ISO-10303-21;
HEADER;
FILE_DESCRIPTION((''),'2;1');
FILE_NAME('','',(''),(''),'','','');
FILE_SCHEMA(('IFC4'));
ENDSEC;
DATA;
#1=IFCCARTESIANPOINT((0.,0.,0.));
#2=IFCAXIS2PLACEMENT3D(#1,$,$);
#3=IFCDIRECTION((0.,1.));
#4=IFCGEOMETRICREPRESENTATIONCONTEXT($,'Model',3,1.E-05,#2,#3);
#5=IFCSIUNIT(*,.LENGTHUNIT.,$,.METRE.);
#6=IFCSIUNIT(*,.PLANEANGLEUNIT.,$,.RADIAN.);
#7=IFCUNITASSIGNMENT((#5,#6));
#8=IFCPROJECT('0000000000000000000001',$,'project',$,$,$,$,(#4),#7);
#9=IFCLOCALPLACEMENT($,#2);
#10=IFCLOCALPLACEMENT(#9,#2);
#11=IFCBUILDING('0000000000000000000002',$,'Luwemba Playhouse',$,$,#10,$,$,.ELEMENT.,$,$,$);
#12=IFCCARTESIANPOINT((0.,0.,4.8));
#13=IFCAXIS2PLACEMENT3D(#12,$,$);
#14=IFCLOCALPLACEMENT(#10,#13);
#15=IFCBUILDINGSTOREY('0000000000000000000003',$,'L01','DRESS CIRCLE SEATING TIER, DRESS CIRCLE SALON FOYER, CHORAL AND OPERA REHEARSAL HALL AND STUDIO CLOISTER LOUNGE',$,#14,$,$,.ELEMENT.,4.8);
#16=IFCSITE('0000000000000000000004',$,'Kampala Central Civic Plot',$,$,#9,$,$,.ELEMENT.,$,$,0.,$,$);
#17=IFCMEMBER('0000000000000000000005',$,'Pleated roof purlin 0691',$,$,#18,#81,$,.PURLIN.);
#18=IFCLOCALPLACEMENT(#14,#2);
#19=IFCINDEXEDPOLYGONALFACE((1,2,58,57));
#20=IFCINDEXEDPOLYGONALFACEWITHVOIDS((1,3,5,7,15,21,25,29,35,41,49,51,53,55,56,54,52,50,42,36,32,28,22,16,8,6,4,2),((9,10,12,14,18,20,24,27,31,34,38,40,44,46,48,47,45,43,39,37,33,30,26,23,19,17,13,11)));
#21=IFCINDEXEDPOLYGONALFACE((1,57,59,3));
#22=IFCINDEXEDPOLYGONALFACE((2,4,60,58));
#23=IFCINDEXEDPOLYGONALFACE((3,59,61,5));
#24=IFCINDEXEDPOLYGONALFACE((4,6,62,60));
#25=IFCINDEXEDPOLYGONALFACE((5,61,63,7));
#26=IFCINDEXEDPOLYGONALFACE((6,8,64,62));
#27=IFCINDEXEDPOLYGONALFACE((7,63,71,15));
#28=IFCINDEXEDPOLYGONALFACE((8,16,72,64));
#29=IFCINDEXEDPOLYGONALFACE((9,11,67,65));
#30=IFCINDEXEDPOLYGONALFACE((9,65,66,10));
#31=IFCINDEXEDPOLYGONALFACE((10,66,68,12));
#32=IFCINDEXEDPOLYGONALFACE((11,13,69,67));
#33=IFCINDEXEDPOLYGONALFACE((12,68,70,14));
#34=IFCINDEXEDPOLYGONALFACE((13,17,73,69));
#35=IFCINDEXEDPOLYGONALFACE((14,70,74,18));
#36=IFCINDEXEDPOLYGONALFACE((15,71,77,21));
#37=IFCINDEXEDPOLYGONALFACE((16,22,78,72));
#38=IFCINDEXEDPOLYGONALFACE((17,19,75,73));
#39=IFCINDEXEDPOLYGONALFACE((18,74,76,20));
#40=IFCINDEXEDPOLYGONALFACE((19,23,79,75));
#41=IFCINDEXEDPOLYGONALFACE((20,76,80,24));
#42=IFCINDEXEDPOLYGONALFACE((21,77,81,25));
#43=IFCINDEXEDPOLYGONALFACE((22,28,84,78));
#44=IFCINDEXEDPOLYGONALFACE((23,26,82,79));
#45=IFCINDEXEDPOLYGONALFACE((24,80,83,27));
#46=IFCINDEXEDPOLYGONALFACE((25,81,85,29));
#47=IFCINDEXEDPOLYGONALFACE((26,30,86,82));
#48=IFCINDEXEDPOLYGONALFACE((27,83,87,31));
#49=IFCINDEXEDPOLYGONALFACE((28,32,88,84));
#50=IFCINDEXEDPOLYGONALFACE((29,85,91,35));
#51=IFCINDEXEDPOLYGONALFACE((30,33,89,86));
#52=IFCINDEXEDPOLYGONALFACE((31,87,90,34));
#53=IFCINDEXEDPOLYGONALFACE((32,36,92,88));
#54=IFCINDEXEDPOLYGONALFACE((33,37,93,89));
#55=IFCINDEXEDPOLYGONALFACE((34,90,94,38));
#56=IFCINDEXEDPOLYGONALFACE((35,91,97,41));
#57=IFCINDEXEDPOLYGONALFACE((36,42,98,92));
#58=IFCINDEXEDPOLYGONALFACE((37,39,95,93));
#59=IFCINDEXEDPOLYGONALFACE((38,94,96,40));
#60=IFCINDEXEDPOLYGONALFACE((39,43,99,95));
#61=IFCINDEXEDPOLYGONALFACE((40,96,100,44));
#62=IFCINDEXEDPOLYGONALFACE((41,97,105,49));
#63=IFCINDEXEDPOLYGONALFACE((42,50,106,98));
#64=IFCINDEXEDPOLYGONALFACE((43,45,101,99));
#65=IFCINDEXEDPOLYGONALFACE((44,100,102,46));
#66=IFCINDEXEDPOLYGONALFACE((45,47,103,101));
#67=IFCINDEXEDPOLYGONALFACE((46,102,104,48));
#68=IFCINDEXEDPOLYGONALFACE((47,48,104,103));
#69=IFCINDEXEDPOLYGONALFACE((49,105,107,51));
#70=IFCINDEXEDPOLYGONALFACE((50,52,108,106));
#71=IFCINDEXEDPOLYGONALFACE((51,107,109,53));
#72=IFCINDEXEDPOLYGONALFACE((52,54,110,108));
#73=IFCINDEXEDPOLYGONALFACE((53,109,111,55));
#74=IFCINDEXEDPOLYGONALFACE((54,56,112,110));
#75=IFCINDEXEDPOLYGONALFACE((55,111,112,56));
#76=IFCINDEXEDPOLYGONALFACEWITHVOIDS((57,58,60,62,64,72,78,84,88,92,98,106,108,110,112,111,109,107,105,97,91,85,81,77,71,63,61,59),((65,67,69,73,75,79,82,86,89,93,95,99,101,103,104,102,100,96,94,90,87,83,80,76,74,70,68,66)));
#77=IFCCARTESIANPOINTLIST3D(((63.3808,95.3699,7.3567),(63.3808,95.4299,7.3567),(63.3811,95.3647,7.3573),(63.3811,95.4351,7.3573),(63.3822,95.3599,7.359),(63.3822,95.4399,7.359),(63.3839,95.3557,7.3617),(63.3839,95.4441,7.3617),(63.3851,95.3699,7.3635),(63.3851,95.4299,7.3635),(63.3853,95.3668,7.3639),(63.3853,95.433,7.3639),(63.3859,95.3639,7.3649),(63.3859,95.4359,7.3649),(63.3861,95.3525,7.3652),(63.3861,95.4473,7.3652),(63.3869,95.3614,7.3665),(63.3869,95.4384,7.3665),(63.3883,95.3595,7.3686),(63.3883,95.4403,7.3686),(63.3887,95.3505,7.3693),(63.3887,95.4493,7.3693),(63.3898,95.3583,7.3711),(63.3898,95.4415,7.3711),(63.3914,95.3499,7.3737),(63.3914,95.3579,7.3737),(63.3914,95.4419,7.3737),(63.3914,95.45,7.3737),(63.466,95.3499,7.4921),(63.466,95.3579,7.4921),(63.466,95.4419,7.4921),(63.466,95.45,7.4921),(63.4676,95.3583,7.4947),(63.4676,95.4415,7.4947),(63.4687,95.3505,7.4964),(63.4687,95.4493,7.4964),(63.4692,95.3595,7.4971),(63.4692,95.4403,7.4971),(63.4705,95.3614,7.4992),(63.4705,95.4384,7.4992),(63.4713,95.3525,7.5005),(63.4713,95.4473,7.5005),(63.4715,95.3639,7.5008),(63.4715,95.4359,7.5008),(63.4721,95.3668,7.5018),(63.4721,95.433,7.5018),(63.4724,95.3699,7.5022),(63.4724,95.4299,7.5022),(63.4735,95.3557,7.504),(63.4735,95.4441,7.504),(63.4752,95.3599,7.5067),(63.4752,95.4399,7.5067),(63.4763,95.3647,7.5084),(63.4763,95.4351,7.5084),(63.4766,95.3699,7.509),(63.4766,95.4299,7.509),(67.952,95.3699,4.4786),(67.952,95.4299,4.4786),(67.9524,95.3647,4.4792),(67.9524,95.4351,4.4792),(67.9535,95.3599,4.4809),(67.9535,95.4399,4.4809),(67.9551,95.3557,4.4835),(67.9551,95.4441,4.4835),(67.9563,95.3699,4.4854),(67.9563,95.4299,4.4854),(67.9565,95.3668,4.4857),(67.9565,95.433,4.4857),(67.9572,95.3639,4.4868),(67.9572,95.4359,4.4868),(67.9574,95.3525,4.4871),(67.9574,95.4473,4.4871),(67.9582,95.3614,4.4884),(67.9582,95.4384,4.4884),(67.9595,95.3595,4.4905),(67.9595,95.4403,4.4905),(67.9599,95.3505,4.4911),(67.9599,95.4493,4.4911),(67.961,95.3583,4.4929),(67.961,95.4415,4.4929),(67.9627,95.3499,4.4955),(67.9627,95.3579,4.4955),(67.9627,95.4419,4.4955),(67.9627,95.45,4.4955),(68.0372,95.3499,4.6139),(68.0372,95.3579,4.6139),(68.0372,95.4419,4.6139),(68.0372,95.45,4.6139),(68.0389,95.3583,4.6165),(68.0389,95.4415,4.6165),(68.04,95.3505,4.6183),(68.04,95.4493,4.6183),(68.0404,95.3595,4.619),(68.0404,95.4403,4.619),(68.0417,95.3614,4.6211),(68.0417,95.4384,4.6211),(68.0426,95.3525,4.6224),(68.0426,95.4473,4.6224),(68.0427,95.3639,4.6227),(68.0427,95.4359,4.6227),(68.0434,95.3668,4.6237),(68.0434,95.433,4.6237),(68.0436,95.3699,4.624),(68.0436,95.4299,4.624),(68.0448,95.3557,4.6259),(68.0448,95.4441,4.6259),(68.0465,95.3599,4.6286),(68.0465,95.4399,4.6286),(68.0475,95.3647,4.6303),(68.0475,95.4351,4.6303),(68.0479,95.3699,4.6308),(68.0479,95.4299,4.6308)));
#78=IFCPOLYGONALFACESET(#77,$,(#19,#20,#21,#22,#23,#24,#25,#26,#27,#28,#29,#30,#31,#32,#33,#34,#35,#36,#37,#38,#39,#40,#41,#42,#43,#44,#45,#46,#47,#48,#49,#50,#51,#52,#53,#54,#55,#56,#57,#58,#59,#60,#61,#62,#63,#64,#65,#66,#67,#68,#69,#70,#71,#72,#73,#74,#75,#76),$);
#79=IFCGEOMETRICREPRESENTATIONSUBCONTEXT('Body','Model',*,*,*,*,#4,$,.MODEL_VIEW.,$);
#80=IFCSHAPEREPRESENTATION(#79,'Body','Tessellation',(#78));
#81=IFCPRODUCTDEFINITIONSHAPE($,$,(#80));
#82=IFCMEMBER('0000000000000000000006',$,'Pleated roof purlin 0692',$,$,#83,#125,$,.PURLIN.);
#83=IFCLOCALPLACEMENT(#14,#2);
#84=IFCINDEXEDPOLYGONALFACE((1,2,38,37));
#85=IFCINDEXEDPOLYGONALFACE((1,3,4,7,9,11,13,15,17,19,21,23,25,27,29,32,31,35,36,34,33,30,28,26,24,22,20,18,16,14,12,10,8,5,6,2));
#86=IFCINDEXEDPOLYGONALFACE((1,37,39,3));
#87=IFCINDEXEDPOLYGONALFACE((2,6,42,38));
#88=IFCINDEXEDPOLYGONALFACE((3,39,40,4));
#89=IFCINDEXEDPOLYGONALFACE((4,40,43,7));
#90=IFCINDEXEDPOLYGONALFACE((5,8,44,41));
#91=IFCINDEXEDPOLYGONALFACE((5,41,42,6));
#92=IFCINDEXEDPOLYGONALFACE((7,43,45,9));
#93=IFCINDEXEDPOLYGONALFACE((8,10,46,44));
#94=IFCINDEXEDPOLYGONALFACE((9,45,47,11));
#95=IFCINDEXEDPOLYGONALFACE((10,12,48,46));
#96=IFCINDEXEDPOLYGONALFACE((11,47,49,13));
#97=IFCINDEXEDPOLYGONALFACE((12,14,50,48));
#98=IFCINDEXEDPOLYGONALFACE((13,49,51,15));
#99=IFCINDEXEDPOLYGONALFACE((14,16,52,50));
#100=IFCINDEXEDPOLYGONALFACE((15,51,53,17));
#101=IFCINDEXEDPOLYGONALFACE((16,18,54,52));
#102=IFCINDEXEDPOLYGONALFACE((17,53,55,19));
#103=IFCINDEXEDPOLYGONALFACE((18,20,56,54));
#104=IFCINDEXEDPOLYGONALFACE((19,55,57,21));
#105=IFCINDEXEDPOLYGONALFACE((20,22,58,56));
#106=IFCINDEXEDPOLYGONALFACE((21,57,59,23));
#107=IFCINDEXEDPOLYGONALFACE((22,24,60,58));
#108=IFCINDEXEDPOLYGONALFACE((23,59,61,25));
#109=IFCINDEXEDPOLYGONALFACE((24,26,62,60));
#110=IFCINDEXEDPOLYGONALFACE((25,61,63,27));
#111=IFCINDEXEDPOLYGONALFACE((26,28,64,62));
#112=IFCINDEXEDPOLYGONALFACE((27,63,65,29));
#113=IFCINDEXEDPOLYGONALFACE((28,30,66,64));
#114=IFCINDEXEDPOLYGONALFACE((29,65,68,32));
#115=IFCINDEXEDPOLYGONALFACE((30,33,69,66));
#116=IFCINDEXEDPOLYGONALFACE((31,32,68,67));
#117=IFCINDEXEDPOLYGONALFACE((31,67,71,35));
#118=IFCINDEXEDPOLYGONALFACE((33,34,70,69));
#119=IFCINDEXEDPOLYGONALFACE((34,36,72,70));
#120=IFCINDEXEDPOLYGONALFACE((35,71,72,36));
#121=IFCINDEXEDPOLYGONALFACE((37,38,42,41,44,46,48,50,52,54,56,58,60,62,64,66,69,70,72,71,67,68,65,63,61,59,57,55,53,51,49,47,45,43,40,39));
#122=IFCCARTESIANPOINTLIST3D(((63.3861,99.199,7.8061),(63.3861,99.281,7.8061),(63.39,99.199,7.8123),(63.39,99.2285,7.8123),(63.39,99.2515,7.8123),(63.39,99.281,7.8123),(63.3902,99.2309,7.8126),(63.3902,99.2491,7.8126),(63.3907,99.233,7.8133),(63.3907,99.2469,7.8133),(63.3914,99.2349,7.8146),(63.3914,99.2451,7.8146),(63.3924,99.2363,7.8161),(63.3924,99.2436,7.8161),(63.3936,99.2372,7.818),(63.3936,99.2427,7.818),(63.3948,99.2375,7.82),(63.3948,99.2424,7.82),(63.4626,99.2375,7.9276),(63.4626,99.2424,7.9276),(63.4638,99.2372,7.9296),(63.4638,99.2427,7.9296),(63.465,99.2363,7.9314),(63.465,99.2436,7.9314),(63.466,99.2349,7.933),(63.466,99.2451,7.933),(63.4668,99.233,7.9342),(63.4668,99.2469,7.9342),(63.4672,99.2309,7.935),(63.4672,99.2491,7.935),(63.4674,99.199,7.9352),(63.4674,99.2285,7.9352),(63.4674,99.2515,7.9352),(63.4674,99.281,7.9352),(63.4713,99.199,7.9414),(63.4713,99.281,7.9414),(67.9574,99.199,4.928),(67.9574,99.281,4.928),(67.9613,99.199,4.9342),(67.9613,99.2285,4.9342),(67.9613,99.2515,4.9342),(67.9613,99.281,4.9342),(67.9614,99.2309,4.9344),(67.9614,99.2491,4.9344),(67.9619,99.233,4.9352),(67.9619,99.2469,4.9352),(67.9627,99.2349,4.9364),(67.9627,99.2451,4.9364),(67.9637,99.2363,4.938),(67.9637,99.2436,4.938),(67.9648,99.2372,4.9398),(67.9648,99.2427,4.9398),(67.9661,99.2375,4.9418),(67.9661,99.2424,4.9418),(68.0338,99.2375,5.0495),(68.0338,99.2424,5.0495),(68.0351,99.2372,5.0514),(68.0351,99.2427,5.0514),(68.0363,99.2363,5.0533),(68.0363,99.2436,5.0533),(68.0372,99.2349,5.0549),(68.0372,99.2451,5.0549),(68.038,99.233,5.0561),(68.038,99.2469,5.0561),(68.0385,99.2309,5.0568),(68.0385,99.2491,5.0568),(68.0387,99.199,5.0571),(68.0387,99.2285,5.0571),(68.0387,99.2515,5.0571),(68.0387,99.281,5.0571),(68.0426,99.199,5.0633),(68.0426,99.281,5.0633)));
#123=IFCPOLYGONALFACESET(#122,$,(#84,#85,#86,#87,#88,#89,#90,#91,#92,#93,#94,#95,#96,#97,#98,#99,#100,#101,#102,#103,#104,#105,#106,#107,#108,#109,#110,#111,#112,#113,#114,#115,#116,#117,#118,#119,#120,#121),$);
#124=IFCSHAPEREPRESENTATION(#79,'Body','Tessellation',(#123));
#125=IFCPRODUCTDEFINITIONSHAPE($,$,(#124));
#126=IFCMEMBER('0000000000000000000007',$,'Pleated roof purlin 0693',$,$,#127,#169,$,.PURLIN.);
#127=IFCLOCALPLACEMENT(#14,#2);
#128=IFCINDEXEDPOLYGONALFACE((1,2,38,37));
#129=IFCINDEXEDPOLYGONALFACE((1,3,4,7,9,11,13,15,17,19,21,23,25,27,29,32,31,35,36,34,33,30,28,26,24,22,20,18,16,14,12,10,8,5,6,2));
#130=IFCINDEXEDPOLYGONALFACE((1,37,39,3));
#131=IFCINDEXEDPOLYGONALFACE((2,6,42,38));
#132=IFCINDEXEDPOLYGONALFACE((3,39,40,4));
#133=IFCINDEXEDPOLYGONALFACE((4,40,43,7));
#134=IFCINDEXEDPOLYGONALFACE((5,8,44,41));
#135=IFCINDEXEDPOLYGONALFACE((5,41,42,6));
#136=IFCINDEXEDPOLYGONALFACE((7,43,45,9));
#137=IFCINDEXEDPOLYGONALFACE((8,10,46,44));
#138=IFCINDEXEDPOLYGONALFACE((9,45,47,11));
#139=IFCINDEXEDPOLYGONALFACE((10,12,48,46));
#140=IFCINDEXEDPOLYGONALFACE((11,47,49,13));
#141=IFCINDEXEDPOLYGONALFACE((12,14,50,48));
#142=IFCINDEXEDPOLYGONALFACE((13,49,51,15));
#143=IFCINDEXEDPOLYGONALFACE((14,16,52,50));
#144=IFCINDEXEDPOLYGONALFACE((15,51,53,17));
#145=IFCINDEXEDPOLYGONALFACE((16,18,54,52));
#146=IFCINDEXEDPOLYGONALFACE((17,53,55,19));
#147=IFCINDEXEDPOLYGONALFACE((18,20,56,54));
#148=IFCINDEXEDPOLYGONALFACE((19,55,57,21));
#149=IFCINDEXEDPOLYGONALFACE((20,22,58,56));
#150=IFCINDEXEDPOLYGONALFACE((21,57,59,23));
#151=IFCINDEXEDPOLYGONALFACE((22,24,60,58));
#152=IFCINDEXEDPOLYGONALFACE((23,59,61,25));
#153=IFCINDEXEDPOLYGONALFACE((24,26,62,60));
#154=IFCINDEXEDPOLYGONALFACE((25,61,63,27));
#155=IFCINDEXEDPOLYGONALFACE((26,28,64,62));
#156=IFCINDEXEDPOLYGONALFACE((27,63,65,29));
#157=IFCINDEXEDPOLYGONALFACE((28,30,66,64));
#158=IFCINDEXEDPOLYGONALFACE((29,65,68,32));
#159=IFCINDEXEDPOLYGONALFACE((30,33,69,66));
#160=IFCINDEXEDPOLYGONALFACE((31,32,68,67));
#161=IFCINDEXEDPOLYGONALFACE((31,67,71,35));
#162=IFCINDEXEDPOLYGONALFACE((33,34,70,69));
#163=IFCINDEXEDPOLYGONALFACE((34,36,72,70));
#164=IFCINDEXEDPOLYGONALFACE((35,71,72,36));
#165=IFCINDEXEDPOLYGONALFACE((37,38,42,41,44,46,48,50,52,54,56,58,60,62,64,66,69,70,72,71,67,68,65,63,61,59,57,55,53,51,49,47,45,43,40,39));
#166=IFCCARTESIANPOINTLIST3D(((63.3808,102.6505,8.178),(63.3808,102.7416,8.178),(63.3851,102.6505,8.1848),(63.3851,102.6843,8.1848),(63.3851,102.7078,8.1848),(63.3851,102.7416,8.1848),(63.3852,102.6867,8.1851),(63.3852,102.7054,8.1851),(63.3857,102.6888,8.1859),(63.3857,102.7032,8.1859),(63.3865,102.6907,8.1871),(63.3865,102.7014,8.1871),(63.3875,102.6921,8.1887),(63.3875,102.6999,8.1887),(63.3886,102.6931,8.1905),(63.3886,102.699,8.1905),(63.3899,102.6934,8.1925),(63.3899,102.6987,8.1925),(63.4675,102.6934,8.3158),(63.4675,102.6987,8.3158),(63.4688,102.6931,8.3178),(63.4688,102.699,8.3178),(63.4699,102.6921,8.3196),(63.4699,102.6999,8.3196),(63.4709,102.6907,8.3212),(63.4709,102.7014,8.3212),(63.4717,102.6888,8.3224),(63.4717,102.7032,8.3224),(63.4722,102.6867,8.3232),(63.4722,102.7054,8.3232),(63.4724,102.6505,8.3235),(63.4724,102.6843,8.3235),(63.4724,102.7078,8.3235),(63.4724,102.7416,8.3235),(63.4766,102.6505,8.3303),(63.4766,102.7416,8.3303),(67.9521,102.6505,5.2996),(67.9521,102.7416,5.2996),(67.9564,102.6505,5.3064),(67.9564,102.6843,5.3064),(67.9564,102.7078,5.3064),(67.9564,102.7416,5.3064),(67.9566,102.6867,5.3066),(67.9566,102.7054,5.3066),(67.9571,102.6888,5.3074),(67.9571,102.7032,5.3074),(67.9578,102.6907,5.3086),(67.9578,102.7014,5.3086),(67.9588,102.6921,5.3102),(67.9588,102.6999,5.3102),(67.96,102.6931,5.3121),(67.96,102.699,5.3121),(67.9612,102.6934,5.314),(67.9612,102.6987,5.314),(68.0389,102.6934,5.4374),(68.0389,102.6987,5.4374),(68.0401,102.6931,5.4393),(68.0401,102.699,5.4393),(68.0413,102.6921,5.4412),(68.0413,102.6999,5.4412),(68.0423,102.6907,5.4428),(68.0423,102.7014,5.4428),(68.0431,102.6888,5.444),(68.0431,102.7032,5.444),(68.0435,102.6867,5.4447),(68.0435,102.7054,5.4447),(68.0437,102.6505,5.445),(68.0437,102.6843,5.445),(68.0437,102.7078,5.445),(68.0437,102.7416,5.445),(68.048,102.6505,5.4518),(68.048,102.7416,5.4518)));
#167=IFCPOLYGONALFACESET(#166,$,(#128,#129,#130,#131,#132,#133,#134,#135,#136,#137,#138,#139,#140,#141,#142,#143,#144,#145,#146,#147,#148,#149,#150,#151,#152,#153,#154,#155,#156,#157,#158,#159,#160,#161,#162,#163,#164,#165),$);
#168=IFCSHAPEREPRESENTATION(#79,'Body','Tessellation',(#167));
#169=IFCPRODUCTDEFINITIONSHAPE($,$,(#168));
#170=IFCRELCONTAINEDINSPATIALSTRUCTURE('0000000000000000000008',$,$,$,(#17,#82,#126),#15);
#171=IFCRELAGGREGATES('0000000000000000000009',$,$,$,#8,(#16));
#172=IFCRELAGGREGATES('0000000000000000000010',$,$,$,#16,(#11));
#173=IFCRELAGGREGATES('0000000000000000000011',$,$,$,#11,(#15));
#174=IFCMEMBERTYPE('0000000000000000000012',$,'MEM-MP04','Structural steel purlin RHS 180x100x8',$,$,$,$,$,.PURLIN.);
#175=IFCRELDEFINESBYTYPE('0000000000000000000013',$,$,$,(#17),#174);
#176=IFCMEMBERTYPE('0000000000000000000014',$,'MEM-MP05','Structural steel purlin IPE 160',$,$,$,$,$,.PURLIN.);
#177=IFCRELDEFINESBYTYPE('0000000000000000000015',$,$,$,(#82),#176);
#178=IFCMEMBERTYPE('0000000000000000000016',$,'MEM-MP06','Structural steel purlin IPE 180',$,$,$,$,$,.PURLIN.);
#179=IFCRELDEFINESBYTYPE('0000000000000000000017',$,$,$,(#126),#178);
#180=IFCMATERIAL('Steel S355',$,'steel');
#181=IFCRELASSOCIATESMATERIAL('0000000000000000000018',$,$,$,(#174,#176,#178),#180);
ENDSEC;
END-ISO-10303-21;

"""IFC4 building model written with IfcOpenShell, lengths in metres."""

from ifc_helpers import new_model, si_unit, direction, frame, origin, origin_2d, place, context, subcontext, project, spatial, hollow_rectangle, i_section, extrude, material, material_profile, profile_set, type_object, element, save


model = new_model("IFC4")

# Units and contexts
model_context = context("Model", 3, precision=1e-05, world=origin(), true_north=direction((0.0, 1.0)))
body_context = subcontext(model_context, "Body", "Model", "MODEL_VIEW")
ifc_project = project(units=[si_unit("LENGTHUNIT", "METRE"), si_unit("PLANEANGLEUNIT", "RADIAN")], contexts=[model_context])

# Site, building, storey
site_placement = place(None, origin())
site = spatial("IfcSite", under=ifc_project, at=site_placement, Name="Kampala Central Civic Plot", CompositionType="ELEMENT", RefElevation=0.0)
building_placement = place(site_placement, origin())
building = spatial("IfcBuilding", under=site, at=building_placement, Name="Luwemba Playhouse", CompositionType="ELEMENT")
storey_placement = place(building_placement, frame((0.0, 0.0, 4.8)))
storey = spatial("IfcBuildingStorey", under=building, at=storey_placement, Name="L01", Description="DRESS CIRCLE SEATING TIER, DRESS CIRCLE SALON FOYER, CHORAL AND OPERA REHEARSAL HALL AND STUDIO CLOISTER LOUNGE", CompositionType="ELEMENT", Elevation=4.8)

# Shared definitions
ifc_material_1 = material(Name="Steel S355", Category="steel")

# Members
ifc_material_profile_1 = material_profile(ifc_material_1, hollow_rectangle(XDim=0.1001, YDim=0.1799, WallThickness=0.0081, InnerFilletRadius=0.012, OuterFilletRadius=0.02, at=origin_2d()))
ifc_profile_set_1 = profile_set([ifc_material_profile_1], Name="Steel S355")
member_type_1 = type_object("IfcMemberType", Name="MEM-MP04", Description="Structural steel purlin RHS 180x100x8", PredefinedType="PURLIN", material=ifc_profile_set_1)
member_1_placement = place(storey_placement, frame((63.4287, 95.3999, 7.4329), z_axis=(0.846237, 0.0, -0.532807), x_axis=(0.0, 1.0, 0.0)))
element("IfcMember", 1, at=member_1_placement, inside=storey, type_object=member_type_1, Name="Pleated roof purlin 0691", PredefinedType="PURLIN", context=body_context, shape_type="SweptSolid", body=[
    extrude(hollow_rectangle(XDim=0.1001, YDim=0.1799, WallThickness=0.0081, InnerFilletRadius=0.012, OuterFilletRadius=0.02, at=origin_2d()), origin(), (0.0, 0.0, 1.0), 5.4019),
])
ifc_material_profile_2 = material_profile(ifc_material_1, i_section(OverallWidth=0.082, OverallDepth=0.1599, WebThickness=0.0049, FlangeThickness=0.0073, FilletRadius=0.009, at=origin_2d()))
ifc_profile_set_2 = profile_set([ifc_material_profile_2], Name="Steel S355")
member_type_2 = type_object("IfcMemberType", Name="MEM-MP05", Description="Structural steel purlin IPE 160", PredefinedType="PURLIN", material=ifc_profile_set_2)
member_2_placement = place(storey_placement, frame((63.4287, 99.24, 7.8738), z_axis=(0.846237, 0.0, -0.532807), x_axis=(0.0, 1.0, 0.0)))
element("IfcMember", 2, at=member_2_placement, inside=storey, type_object=member_type_2, Name="Pleated roof purlin 0692", PredefinedType="PURLIN", context=body_context, shape_type="SweptSolid", body=[
    extrude(i_section(OverallWidth=0.082, OverallDepth=0.1599, WebThickness=0.0049, FlangeThickness=0.0073, FilletRadius=0.009, at=origin_2d()), origin(), (0.0, 0.0, 1.0), 5.4019),
])
ifc_material_profile_3 = material_profile(ifc_material_1, i_section(OverallWidth=0.0911, OverallDepth=0.1799, WebThickness=0.0054, FlangeThickness=0.0081, FilletRadius=0.009, at=origin_2d()))
ifc_profile_set_3 = profile_set([ifc_material_profile_3], Name="Steel S355")
member_type_3 = type_object("IfcMemberType", Name="MEM-MP06", Description="Structural steel purlin IPE 180", PredefinedType="PURLIN", material=ifc_profile_set_3)
member_3_placement = place(storey_placement, frame((63.4287, 102.696, 8.2542), z_axis=(0.846216, 0.0, -0.53284), x_axis=(0.0, 1.0, 0.0)))
element("IfcMember", 3, at=member_3_placement, inside=storey, type_object=member_type_3, Name="Pleated roof purlin 0693", PredefinedType="PURLIN", context=body_context, shape_type="SweptSolid", body=[
    extrude(i_section(OverallWidth=0.0911, OverallDepth=0.1799, WebThickness=0.0054, FlangeThickness=0.0081, FilletRadius=0.009, at=origin_2d()), origin(), (0.0, 0.0, 1.0), 5.4021),
])

save(model, "model.ifc")
